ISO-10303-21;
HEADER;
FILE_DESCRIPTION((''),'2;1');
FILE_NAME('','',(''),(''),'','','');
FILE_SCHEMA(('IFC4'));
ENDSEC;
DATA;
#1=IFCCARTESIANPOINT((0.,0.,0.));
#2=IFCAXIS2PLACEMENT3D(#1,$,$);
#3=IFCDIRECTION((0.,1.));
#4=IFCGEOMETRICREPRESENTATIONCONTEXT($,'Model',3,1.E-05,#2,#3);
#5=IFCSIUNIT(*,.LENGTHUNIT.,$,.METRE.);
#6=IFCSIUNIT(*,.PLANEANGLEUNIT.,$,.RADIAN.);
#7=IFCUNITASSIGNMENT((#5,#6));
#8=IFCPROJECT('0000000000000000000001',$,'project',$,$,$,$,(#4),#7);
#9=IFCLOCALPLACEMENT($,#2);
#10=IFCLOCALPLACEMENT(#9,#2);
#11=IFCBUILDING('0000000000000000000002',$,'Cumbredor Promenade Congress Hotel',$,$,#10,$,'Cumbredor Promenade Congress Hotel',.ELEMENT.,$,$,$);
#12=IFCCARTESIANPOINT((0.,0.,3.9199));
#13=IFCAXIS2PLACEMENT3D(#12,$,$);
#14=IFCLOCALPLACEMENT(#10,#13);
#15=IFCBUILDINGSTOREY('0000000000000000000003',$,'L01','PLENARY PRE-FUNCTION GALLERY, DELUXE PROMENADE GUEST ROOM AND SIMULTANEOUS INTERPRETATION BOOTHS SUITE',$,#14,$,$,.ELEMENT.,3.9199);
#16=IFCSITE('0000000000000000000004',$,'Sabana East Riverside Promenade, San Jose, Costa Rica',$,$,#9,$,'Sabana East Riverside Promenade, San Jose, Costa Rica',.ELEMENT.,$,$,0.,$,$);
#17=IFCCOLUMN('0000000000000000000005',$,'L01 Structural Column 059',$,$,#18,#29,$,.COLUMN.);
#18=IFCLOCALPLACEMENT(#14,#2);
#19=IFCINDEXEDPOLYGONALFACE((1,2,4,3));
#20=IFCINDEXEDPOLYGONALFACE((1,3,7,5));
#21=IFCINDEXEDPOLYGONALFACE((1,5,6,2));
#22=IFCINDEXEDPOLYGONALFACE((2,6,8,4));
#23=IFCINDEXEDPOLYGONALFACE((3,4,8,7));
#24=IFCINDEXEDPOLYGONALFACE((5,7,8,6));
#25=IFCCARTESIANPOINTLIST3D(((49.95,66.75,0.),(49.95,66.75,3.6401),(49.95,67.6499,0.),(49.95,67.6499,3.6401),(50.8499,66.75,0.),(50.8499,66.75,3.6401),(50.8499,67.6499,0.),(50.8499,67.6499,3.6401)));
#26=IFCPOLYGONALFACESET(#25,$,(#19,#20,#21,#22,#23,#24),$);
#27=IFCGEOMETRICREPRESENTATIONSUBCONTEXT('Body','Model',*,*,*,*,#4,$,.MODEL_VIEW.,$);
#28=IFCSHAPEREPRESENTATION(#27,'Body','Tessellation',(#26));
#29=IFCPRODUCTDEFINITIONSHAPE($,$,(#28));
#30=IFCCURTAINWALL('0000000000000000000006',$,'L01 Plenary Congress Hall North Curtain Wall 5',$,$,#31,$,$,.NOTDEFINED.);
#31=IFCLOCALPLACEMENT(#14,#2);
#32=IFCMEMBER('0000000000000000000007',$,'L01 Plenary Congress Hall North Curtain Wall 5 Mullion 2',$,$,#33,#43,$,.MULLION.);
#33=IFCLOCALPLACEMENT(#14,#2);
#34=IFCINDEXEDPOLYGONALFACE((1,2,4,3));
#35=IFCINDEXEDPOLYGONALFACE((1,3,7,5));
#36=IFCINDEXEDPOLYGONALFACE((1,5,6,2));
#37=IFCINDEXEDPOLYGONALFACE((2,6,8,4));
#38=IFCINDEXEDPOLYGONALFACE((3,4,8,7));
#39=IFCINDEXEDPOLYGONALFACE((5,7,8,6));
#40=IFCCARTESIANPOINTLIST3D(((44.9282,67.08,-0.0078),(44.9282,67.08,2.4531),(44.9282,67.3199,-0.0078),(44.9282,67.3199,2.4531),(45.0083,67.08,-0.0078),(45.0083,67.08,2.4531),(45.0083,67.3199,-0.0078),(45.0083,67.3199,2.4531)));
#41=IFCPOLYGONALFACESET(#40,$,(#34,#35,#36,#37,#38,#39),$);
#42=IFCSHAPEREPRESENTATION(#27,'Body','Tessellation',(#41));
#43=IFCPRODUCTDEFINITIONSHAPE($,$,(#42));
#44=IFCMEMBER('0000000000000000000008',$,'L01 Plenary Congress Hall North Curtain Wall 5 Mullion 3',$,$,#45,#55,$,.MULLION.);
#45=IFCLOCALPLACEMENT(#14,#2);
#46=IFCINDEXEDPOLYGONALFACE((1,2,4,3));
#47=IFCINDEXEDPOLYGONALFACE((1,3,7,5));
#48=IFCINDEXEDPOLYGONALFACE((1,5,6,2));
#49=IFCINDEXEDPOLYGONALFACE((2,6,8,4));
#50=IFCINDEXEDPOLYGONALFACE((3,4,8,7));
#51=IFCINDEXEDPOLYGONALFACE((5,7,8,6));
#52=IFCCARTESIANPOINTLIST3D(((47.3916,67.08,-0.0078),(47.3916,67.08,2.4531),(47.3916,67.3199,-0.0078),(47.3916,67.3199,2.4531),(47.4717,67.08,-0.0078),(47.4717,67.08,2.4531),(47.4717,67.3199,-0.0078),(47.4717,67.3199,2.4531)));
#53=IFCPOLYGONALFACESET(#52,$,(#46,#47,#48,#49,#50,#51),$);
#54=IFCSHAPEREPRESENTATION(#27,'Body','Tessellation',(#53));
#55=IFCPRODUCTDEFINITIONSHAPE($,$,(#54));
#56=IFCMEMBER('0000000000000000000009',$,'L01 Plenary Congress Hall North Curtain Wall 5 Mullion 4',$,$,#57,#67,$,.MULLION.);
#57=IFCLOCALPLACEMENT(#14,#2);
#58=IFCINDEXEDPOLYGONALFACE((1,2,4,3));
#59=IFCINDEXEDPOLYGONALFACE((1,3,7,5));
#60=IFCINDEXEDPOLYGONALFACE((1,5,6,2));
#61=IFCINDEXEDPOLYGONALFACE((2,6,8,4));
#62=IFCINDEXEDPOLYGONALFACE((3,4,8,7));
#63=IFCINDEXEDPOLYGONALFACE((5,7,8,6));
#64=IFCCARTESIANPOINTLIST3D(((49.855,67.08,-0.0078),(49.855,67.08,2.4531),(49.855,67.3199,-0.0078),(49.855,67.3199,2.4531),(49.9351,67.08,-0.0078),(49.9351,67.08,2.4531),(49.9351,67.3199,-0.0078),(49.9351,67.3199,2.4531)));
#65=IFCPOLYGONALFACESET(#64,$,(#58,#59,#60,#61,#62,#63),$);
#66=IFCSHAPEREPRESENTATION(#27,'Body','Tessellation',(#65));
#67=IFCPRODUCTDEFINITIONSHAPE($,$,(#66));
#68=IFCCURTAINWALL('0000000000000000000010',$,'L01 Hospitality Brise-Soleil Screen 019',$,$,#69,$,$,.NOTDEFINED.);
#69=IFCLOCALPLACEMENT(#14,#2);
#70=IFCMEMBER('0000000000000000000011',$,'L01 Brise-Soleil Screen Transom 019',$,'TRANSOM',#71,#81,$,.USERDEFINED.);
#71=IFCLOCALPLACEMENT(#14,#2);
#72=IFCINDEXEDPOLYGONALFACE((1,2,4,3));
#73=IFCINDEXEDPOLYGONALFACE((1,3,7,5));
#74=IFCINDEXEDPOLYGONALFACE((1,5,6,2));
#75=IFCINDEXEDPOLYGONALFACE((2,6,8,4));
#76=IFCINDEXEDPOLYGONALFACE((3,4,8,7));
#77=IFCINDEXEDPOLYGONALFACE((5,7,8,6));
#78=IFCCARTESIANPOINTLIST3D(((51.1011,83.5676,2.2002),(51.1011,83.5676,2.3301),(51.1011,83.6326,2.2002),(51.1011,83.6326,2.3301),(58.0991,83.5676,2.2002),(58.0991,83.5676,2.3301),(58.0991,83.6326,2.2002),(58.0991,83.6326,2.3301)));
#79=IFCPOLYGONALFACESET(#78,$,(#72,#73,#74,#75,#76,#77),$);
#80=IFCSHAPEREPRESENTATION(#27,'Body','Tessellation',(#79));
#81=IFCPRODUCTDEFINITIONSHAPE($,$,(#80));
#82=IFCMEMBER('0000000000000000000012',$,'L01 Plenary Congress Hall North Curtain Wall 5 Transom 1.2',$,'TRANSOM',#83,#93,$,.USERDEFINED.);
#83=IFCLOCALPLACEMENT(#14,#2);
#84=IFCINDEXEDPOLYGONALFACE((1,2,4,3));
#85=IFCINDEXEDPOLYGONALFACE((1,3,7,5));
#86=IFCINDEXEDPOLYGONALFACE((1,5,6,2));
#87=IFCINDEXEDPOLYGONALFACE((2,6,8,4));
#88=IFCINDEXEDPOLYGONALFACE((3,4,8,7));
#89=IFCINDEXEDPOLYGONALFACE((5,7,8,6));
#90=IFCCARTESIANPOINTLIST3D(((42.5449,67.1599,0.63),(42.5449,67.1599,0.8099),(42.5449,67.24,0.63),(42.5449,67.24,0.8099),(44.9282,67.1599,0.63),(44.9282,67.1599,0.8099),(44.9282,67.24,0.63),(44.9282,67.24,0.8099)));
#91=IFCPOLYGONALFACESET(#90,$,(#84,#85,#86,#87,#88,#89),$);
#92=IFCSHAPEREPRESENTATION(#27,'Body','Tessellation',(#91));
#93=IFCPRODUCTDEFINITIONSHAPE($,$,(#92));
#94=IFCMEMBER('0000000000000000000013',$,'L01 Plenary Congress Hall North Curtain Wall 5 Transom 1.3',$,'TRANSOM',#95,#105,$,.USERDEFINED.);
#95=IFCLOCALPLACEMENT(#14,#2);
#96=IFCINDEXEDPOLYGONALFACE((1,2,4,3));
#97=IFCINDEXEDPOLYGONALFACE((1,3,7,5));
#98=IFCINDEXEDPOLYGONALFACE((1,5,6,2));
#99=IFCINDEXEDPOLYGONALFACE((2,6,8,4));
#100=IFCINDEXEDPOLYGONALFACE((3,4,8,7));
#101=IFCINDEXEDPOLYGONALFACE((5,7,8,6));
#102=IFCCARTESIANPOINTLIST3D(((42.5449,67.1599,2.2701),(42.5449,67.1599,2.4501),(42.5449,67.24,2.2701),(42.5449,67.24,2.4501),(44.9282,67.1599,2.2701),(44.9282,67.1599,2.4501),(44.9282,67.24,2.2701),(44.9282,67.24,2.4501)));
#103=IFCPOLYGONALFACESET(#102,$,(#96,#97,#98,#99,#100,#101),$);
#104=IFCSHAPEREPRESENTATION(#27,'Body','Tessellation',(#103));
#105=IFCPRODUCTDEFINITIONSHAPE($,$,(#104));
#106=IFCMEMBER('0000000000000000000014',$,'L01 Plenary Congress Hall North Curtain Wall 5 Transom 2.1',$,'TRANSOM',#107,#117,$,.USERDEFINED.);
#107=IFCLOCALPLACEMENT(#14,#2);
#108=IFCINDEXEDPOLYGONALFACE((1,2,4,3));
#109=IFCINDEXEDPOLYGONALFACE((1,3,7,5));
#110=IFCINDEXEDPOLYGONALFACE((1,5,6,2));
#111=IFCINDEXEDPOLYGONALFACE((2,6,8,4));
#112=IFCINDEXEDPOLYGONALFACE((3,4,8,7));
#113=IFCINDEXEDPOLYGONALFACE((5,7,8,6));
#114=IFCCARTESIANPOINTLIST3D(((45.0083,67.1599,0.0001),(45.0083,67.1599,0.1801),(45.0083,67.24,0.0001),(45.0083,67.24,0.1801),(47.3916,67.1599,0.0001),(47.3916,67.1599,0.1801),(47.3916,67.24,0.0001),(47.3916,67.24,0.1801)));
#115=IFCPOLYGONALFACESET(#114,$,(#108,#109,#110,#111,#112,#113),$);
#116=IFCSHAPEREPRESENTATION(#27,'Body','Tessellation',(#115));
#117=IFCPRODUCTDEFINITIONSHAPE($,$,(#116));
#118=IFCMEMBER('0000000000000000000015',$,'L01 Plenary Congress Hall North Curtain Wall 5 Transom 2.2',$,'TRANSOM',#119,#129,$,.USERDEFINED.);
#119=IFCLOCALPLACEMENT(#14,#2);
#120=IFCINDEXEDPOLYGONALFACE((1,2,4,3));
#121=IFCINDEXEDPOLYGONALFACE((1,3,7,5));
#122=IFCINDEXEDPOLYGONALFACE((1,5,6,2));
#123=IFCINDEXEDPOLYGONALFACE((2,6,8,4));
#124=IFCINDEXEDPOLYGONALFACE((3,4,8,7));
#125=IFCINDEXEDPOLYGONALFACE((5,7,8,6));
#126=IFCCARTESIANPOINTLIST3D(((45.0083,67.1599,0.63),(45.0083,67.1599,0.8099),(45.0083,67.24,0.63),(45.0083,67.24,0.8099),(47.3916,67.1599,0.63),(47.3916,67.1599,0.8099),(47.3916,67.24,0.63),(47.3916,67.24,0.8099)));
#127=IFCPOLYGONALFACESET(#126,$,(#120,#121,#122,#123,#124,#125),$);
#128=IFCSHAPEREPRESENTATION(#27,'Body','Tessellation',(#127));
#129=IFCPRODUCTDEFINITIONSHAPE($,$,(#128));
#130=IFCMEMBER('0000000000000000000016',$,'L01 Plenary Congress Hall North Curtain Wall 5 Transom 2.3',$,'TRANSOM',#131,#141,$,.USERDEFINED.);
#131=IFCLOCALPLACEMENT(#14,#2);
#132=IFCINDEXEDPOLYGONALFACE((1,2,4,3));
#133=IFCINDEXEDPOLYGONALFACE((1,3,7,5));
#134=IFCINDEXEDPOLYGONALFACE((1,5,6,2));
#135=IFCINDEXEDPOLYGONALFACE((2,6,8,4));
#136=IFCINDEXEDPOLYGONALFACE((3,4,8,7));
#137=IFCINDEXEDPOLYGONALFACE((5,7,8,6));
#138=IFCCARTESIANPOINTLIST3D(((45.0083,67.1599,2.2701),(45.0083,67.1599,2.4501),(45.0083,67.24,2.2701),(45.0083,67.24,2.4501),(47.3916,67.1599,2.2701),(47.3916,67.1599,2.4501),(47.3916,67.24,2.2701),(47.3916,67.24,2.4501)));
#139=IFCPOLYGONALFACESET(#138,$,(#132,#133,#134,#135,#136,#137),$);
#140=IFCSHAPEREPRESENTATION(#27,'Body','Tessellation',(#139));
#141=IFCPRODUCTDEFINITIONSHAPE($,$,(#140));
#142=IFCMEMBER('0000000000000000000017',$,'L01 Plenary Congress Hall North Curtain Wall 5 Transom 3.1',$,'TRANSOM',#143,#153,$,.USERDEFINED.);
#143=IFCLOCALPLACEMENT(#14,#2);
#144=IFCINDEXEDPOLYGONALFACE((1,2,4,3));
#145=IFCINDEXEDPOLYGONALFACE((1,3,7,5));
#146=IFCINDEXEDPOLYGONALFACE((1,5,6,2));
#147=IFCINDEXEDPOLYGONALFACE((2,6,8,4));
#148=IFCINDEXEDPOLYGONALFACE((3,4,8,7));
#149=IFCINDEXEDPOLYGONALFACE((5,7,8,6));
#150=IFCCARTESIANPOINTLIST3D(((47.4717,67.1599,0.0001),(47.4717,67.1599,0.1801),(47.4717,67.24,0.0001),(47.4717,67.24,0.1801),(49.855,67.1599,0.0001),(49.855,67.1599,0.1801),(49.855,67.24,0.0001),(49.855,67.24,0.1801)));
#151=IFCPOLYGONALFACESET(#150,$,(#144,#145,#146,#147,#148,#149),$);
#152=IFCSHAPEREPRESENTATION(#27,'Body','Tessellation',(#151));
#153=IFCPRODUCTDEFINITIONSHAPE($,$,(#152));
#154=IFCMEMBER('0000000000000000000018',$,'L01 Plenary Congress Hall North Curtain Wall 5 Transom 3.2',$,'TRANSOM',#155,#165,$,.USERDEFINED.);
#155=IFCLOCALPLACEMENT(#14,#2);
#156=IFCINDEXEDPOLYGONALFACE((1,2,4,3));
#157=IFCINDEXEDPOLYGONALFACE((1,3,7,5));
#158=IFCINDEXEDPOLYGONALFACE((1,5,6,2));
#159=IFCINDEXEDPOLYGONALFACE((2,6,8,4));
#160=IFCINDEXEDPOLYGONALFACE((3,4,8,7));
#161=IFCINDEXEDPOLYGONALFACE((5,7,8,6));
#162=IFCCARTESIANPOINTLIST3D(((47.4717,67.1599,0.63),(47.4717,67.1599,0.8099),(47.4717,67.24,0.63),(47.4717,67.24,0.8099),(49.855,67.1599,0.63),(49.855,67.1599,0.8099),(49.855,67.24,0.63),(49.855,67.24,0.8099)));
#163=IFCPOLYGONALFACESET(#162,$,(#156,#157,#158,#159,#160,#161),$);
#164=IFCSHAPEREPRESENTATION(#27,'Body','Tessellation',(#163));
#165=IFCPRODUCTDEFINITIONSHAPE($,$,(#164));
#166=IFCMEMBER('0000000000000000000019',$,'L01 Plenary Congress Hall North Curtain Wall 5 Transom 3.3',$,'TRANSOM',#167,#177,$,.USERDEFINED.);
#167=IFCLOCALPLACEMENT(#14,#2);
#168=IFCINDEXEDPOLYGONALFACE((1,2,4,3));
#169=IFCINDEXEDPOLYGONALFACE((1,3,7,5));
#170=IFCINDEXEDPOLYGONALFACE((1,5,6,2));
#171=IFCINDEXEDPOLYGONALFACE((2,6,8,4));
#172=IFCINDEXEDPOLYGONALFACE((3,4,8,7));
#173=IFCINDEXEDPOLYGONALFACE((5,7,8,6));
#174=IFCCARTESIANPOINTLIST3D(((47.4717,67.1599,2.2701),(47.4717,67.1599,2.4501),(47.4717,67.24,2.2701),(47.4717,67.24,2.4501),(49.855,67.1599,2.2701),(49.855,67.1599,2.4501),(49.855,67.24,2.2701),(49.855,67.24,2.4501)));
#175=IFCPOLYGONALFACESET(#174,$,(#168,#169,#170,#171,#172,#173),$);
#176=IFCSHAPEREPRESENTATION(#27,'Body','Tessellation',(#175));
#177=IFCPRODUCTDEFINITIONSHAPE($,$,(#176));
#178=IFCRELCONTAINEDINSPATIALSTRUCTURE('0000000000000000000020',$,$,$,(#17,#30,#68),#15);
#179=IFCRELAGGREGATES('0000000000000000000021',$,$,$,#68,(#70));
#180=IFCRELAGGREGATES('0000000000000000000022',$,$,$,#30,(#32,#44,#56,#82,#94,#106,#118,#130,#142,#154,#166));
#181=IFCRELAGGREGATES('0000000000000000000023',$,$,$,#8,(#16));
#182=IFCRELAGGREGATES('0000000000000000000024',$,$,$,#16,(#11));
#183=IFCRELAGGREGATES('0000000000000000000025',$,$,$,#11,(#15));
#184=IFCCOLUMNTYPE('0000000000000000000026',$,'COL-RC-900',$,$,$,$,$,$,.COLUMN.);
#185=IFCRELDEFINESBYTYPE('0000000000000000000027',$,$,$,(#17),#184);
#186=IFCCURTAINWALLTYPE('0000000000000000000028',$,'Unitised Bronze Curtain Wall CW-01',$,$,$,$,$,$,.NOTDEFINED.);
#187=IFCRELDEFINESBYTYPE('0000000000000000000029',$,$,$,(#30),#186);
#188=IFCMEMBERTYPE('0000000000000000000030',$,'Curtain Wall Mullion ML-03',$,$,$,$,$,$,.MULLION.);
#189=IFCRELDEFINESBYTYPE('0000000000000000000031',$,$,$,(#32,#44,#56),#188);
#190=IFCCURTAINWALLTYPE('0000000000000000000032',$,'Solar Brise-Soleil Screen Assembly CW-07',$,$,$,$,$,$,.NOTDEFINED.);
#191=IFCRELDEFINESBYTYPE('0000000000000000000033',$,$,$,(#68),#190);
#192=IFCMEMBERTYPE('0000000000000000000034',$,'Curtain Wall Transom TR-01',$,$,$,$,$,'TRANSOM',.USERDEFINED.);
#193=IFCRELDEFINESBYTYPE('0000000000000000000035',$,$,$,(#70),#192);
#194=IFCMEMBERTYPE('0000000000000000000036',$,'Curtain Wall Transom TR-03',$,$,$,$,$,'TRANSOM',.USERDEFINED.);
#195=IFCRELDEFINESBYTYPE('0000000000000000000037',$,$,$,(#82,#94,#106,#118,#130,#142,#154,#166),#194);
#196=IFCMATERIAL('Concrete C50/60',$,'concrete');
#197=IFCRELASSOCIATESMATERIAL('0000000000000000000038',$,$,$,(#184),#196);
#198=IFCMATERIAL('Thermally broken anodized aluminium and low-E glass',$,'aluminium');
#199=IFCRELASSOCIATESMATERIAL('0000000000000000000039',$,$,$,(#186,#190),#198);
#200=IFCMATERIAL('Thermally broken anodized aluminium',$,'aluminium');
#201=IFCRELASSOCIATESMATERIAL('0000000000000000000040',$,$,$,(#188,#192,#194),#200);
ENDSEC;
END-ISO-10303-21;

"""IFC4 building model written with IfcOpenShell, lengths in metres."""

from ifc_helpers import new_model, si_unit, direction, frame, origin, origin_2d, place, context, subcontext, project, spatial, rectangle, extrude, material, material_profile, profile_set, type_object, element, aggregate, save


model = new_model("IFC4")

# Units and contexts
model_context = context("Model", 3, precision=1e-05, world=origin(), true_north=direction((0.0, 1.0)))
body_context = subcontext(model_context, "Body", "Model", "MODEL_VIEW")
ifc_project = project(units=[si_unit("LENGTHUNIT", "METRE"), si_unit("PLANEANGLEUNIT", "RADIAN")], contexts=[model_context])

# Site, building, storey
site_placement = place(None, origin())
site = spatial("IfcSite", under=ifc_project, at=site_placement, Name="Sabana East Riverside Promenade, San Jose, Costa Rica", LongName="Sabana East Riverside Promenade, San Jose, Costa Rica", CompositionType="ELEMENT", RefElevation=0.0)
building_placement = place(site_placement, origin())
building = spatial("IfcBuilding", under=site, at=building_placement, Name="Cumbredor Promenade Congress Hotel", LongName="Cumbredor Promenade Congress Hotel", CompositionType="ELEMENT")
storey_placement = place(building_placement, frame((0.0, 0.0, 3.9199)))
storey = spatial("IfcBuildingStorey", under=building, at=storey_placement, Name="L01", Description="PLENARY PRE-FUNCTION GALLERY, DELUXE PROMENADE GUEST ROOM AND SIMULTANEOUS INTERPRETATION BOOTHS SUITE", CompositionType="ELEMENT", Elevation=3.9199)

# Column
ifc_material_1 = material(Name="Concrete C50/60", Category="concrete")
ifc_material_profile_1 = material_profile(ifc_material_1, rectangle(XDim=0.8999, YDim=0.8999, at=origin_2d()), Name="RC 900x900")
ifc_profile_set_1 = profile_set([ifc_material_profile_1], Name="Concrete C50/60")
column_type = type_object("IfcColumnType", Name="COL-RC-900", PredefinedType="COLUMN", material=ifc_profile_set_1)
column_placement = place(storey_placement, frame((50.3999, 67.2, 0.0), z_axis=(0.0, 0.0, 1.0), x_axis=(1.0, 0.0, 0.0)))
element("IfcColumn", 1, at=column_placement, inside=storey, type_object=column_type, Name="L01 Structural Column 059", PredefinedType="COLUMN", context=body_context, shape_type="SweptSolid", body=[
    extrude(rectangle(XDim=0.8999, YDim=0.8999, at=origin_2d()), origin(), (0.0, 0.0, 1.0), 3.6401),
])

# Curtain wall, members
ifc_material_2 = material(Name="Thermally broken anodized aluminium and low-E glass", Category="aluminium")
curtain_wall_type_1 = type_object("IfcCurtainWallType", Name="Unitised Bronze Curtain Wall CW-01", PredefinedType="NOTDEFINED", material=ifc_material_2)
curtain_wall_1_placement = place(storey_placement, origin())
curtain_wall_1 = element("IfcCurtainWall", 2, at=curtain_wall_1_placement, inside=storey, type_object=curtain_wall_type_1, Name="L01 Plenary Congress Hall North Curtain Wall 5", PredefinedType="NOTDEFINED")
ifc_material_3 = material(Name="Thermally broken anodized aluminium", Category="aluminium")
ifc_material_profile_2 = material_profile(ifc_material_3, rectangle(XDim=0.0801, YDim=0.24, at=origin_2d()), Name="ALU MULLION 80x240")
ifc_profile_set_2 = profile_set([ifc_material_profile_2], Name="Thermally broken anodized aluminium")
member_type_1 = type_object("IfcMemberType", Name="Curtain Wall Mullion ML-03", PredefinedType="MULLION", material=ifc_profile_set_2)
member_1_placement = place(storey_placement, frame((44.9683, 67.2, -0.0078), z_axis=(0.0, 0.0, 1.0), x_axis=(1.0, 0.0, 0.0)))
member_1 = element("IfcMember", 3, at=member_1_placement, type_object=member_type_1, Name="L01 Plenary Congress Hall North Curtain Wall 5 Mullion 2", PredefinedType="MULLION", context=body_context, shape_type="SweptSolid", body=[
    extrude(rectangle(XDim=0.0801, YDim=0.24, at=origin_2d()), origin(), (0.0, 0.0, 1.0), 2.4609),
])
member_2_placement = place(storey_placement, frame((47.4316, 67.2, -0.0078), z_axis=(0.0, 0.0, 1.0), x_axis=(1.0, 0.0, 0.0)))
member_2 = element("IfcMember", 4, at=member_2_placement, type_object=member_type_1, Name="L01 Plenary Congress Hall North Curtain Wall 5 Mullion 3", PredefinedType="MULLION", context=body_context, shape_type="SweptSolid", body=[
    extrude(rectangle(XDim=0.0801, YDim=0.24, at=origin_2d()), origin(), (0.0, 0.0, 1.0), 2.4609),
])
member_3_placement = place(storey_placement, frame((49.895, 67.2, -0.0078), z_axis=(0.0, 0.0, 1.0), x_axis=(1.0, 0.0, 0.0)))
member_3 = element("IfcMember", 5, at=member_3_placement, type_object=member_type_1, Name="L01 Plenary Congress Hall North Curtain Wall 5 Mullion 4", PredefinedType="MULLION", context=body_context, shape_type="SweptSolid", body=[
    extrude(rectangle(XDim=0.0801, YDim=0.24, at=origin_2d()), origin(), (0.0, 0.0, 1.0), 2.4609),
])

# Curtain wall, member
curtain_wall_type_2 = type_object("IfcCurtainWallType", Name="Solar Brise-Soleil Screen Assembly CW-07", PredefinedType="NOTDEFINED", material=ifc_material_2)
curtain_wall_2_placement = place(storey_placement, origin())
curtain_wall_2 = element("IfcCurtainWall", 6, at=curtain_wall_2_placement, inside=storey, type_object=curtain_wall_type_2, Name="L01 Hospitality Brise-Soleil Screen 019", PredefinedType="NOTDEFINED")
ifc_material_profile_3 = material_profile(ifc_material_3, rectangle(XDim=0.0649, YDim=0.1299, at=origin_2d()), Name="ALU TRANSOM 65x130")
ifc_profile_set_3 = profile_set([ifc_material_profile_3], Name="Thermally broken anodized aluminium")
member_type_2 = type_object("IfcMemberType", Name="Curtain Wall Transom TR-01", ElementType="TRANSOM", PredefinedType="USERDEFINED", material=ifc_profile_set_3)
member_4_placement = place(storey_placement, frame((51.1011, 83.6001, 2.2651), z_axis=(1.0, 0.0, 0.0), x_axis=(0.0, 1.0, 0.0)))
member_4 = element("IfcMember", 7, at=member_4_placement, type_object=member_type_2, Name="L01 Brise-Soleil Screen Transom 019", ObjectType="TRANSOM", PredefinedType="USERDEFINED", context=body_context, shape_type="SweptSolid", body=[
    extrude(rectangle(XDim=0.0649, YDim=0.1299, at=origin_2d()), origin(), (0.0, 0.0, 1.0), 6.998),
])

# Members
ifc_material_profile_4 = material_profile(ifc_material_3, rectangle(XDim=0.0801, YDim=0.1799, at=origin_2d()), Name="ALU TRANSOM 80x180")
ifc_profile_set_4 = profile_set([ifc_material_profile_4], Name="Thermally broken anodized aluminium")
member_type_3 = type_object("IfcMemberType", Name="Curtain Wall Transom TR-03", ElementType="TRANSOM", PredefinedType="USERDEFINED", material=ifc_profile_set_4)
member_5_placement = place(storey_placement, frame((42.5449, 67.2, 0.72), z_axis=(1.0, 0.0, 0.0), x_axis=(0.0, 1.0, 0.0)))
member_5 = element("IfcMember", 8, at=member_5_placement, type_object=member_type_3, Name="L01 Plenary Congress Hall North Curtain Wall 5 Transom 1.2", ObjectType="TRANSOM", PredefinedType="USERDEFINED", context=body_context, shape_type="SweptSolid", body=[
    extrude(rectangle(XDim=0.0801, YDim=0.1799, at=origin_2d()), origin(), (0.0, 0.0, 1.0), 2.3833),
])
member_6_placement = place(storey_placement, frame((42.5449, 67.2, 2.3601), z_axis=(1.0, 0.0, 0.0), x_axis=(0.0, 1.0, 0.0)))
member_6 = element("IfcMember", 9, at=member_6_placement, type_object=member_type_3, Name="L01 Plenary Congress Hall North Curtain Wall 5 Transom 1.3", ObjectType="TRANSOM", PredefinedType="USERDEFINED", context=body_context, shape_type="SweptSolid", body=[
    extrude(rectangle(XDim=0.0801, YDim=0.1799, at=origin_2d()), origin(), (0.0, 0.0, 1.0), 2.3833),
])
member_7_placement = place(storey_placement, frame((45.0083, 67.2, 0.0901), z_axis=(1.0, 0.0, 0.0), x_axis=(0.0, 1.0, 0.0)))
member_7 = element("IfcMember", 10, at=member_7_placement, type_object=member_type_3, Name="L01 Plenary Congress Hall North Curtain Wall 5 Transom 2.1", ObjectType="TRANSOM", PredefinedType="USERDEFINED", context=body_context, shape_type="SweptSolid", body=[
    extrude(rectangle(XDim=0.0801, YDim=0.1799, at=origin_2d()), origin(), (0.0, 0.0, 1.0), 2.3833),
])
member_8_placement = place(storey_placement, frame((45.0083, 67.2, 0.72), z_axis=(1.0, 0.0, 0.0), x_axis=(0.0, 1.0, 0.0)))
member_8 = element("IfcMember", 11, at=member_8_placement, type_object=member_type_3, Name="L01 Plenary Congress Hall North Curtain Wall 5 Transom 2.2", ObjectType="TRANSOM", PredefinedType="USERDEFINED", context=body_context, shape_type="SweptSolid", body=[
    extrude(rectangle(XDim=0.0801, YDim=0.1799, at=origin_2d()), origin(), (0.0, 0.0, 1.0), 2.3833),
])
member_9_placement = place(storey_placement, frame((45.0083, 67.2, 2.3601), z_axis=(1.0, 0.0, 0.0), x_axis=(0.0, 1.0, 0.0)))
member_9 = element("IfcMember", 12, at=member_9_placement, type_object=member_type_3, Name="L01 Plenary Congress Hall North Curtain Wall 5 Transom 2.3", ObjectType="TRANSOM", PredefinedType="USERDEFINED", context=body_context, shape_type="SweptSolid", body=[
    extrude(rectangle(XDim=0.0801, YDim=0.1799, at=origin_2d()), origin(), (0.0, 0.0, 1.0), 2.3833),
])
member_10_placement = place(storey_placement, frame((47.4717, 67.2, 0.0901), z_axis=(1.0, 0.0, 0.0), x_axis=(0.0, 1.0, 0.0)))
member_10 = element("IfcMember", 13, at=member_10_placement, type_object=member_type_3, Name="L01 Plenary Congress Hall North Curtain Wall 5 Transom 3.1", ObjectType="TRANSOM", PredefinedType="USERDEFINED", context=body_context, shape_type="SweptSolid", body=[
    extrude(rectangle(XDim=0.0801, YDim=0.1799, at=origin_2d()), origin(), (0.0, 0.0, 1.0), 2.3833),
])
member_11_placement = place(storey_placement, frame((47.4717, 67.2, 0.72), z_axis=(1.0, 0.0, 0.0), x_axis=(0.0, 1.0, 0.0)))
member_11 = element("IfcMember", 14, at=member_11_placement, type_object=member_type_3, Name="L01 Plenary Congress Hall North Curtain Wall 5 Transom 3.2", ObjectType="TRANSOM", PredefinedType="USERDEFINED", context=body_context, shape_type="SweptSolid", body=[
    extrude(rectangle(XDim=0.0801, YDim=0.1799, at=origin_2d()), origin(), (0.0, 0.0, 1.0), 2.3833),
])
member_12_placement = place(storey_placement, frame((47.4717, 67.2, 2.3601), z_axis=(1.0, 0.0, 0.0), x_axis=(0.0, 1.0, 0.0)))
member_12 = element("IfcMember", 15, at=member_12_placement, type_object=member_type_3, Name="L01 Plenary Congress Hall North Curtain Wall 5 Transom 3.3", ObjectType="TRANSOM", PredefinedType="USERDEFINED", context=body_context, shape_type="SweptSolid", body=[
    extrude(rectangle(XDim=0.0801, YDim=0.1799, at=origin_2d()), origin(), (0.0, 0.0, 1.0), 2.3833),
])

aggregate(curtain_wall_2, [member_4])

aggregate(curtain_wall_1, [member_1, member_2, member_3, member_5, member_6, member_7, member_8, member_9, member_10, member_11, member_12])

save(model, "model.ifc")
